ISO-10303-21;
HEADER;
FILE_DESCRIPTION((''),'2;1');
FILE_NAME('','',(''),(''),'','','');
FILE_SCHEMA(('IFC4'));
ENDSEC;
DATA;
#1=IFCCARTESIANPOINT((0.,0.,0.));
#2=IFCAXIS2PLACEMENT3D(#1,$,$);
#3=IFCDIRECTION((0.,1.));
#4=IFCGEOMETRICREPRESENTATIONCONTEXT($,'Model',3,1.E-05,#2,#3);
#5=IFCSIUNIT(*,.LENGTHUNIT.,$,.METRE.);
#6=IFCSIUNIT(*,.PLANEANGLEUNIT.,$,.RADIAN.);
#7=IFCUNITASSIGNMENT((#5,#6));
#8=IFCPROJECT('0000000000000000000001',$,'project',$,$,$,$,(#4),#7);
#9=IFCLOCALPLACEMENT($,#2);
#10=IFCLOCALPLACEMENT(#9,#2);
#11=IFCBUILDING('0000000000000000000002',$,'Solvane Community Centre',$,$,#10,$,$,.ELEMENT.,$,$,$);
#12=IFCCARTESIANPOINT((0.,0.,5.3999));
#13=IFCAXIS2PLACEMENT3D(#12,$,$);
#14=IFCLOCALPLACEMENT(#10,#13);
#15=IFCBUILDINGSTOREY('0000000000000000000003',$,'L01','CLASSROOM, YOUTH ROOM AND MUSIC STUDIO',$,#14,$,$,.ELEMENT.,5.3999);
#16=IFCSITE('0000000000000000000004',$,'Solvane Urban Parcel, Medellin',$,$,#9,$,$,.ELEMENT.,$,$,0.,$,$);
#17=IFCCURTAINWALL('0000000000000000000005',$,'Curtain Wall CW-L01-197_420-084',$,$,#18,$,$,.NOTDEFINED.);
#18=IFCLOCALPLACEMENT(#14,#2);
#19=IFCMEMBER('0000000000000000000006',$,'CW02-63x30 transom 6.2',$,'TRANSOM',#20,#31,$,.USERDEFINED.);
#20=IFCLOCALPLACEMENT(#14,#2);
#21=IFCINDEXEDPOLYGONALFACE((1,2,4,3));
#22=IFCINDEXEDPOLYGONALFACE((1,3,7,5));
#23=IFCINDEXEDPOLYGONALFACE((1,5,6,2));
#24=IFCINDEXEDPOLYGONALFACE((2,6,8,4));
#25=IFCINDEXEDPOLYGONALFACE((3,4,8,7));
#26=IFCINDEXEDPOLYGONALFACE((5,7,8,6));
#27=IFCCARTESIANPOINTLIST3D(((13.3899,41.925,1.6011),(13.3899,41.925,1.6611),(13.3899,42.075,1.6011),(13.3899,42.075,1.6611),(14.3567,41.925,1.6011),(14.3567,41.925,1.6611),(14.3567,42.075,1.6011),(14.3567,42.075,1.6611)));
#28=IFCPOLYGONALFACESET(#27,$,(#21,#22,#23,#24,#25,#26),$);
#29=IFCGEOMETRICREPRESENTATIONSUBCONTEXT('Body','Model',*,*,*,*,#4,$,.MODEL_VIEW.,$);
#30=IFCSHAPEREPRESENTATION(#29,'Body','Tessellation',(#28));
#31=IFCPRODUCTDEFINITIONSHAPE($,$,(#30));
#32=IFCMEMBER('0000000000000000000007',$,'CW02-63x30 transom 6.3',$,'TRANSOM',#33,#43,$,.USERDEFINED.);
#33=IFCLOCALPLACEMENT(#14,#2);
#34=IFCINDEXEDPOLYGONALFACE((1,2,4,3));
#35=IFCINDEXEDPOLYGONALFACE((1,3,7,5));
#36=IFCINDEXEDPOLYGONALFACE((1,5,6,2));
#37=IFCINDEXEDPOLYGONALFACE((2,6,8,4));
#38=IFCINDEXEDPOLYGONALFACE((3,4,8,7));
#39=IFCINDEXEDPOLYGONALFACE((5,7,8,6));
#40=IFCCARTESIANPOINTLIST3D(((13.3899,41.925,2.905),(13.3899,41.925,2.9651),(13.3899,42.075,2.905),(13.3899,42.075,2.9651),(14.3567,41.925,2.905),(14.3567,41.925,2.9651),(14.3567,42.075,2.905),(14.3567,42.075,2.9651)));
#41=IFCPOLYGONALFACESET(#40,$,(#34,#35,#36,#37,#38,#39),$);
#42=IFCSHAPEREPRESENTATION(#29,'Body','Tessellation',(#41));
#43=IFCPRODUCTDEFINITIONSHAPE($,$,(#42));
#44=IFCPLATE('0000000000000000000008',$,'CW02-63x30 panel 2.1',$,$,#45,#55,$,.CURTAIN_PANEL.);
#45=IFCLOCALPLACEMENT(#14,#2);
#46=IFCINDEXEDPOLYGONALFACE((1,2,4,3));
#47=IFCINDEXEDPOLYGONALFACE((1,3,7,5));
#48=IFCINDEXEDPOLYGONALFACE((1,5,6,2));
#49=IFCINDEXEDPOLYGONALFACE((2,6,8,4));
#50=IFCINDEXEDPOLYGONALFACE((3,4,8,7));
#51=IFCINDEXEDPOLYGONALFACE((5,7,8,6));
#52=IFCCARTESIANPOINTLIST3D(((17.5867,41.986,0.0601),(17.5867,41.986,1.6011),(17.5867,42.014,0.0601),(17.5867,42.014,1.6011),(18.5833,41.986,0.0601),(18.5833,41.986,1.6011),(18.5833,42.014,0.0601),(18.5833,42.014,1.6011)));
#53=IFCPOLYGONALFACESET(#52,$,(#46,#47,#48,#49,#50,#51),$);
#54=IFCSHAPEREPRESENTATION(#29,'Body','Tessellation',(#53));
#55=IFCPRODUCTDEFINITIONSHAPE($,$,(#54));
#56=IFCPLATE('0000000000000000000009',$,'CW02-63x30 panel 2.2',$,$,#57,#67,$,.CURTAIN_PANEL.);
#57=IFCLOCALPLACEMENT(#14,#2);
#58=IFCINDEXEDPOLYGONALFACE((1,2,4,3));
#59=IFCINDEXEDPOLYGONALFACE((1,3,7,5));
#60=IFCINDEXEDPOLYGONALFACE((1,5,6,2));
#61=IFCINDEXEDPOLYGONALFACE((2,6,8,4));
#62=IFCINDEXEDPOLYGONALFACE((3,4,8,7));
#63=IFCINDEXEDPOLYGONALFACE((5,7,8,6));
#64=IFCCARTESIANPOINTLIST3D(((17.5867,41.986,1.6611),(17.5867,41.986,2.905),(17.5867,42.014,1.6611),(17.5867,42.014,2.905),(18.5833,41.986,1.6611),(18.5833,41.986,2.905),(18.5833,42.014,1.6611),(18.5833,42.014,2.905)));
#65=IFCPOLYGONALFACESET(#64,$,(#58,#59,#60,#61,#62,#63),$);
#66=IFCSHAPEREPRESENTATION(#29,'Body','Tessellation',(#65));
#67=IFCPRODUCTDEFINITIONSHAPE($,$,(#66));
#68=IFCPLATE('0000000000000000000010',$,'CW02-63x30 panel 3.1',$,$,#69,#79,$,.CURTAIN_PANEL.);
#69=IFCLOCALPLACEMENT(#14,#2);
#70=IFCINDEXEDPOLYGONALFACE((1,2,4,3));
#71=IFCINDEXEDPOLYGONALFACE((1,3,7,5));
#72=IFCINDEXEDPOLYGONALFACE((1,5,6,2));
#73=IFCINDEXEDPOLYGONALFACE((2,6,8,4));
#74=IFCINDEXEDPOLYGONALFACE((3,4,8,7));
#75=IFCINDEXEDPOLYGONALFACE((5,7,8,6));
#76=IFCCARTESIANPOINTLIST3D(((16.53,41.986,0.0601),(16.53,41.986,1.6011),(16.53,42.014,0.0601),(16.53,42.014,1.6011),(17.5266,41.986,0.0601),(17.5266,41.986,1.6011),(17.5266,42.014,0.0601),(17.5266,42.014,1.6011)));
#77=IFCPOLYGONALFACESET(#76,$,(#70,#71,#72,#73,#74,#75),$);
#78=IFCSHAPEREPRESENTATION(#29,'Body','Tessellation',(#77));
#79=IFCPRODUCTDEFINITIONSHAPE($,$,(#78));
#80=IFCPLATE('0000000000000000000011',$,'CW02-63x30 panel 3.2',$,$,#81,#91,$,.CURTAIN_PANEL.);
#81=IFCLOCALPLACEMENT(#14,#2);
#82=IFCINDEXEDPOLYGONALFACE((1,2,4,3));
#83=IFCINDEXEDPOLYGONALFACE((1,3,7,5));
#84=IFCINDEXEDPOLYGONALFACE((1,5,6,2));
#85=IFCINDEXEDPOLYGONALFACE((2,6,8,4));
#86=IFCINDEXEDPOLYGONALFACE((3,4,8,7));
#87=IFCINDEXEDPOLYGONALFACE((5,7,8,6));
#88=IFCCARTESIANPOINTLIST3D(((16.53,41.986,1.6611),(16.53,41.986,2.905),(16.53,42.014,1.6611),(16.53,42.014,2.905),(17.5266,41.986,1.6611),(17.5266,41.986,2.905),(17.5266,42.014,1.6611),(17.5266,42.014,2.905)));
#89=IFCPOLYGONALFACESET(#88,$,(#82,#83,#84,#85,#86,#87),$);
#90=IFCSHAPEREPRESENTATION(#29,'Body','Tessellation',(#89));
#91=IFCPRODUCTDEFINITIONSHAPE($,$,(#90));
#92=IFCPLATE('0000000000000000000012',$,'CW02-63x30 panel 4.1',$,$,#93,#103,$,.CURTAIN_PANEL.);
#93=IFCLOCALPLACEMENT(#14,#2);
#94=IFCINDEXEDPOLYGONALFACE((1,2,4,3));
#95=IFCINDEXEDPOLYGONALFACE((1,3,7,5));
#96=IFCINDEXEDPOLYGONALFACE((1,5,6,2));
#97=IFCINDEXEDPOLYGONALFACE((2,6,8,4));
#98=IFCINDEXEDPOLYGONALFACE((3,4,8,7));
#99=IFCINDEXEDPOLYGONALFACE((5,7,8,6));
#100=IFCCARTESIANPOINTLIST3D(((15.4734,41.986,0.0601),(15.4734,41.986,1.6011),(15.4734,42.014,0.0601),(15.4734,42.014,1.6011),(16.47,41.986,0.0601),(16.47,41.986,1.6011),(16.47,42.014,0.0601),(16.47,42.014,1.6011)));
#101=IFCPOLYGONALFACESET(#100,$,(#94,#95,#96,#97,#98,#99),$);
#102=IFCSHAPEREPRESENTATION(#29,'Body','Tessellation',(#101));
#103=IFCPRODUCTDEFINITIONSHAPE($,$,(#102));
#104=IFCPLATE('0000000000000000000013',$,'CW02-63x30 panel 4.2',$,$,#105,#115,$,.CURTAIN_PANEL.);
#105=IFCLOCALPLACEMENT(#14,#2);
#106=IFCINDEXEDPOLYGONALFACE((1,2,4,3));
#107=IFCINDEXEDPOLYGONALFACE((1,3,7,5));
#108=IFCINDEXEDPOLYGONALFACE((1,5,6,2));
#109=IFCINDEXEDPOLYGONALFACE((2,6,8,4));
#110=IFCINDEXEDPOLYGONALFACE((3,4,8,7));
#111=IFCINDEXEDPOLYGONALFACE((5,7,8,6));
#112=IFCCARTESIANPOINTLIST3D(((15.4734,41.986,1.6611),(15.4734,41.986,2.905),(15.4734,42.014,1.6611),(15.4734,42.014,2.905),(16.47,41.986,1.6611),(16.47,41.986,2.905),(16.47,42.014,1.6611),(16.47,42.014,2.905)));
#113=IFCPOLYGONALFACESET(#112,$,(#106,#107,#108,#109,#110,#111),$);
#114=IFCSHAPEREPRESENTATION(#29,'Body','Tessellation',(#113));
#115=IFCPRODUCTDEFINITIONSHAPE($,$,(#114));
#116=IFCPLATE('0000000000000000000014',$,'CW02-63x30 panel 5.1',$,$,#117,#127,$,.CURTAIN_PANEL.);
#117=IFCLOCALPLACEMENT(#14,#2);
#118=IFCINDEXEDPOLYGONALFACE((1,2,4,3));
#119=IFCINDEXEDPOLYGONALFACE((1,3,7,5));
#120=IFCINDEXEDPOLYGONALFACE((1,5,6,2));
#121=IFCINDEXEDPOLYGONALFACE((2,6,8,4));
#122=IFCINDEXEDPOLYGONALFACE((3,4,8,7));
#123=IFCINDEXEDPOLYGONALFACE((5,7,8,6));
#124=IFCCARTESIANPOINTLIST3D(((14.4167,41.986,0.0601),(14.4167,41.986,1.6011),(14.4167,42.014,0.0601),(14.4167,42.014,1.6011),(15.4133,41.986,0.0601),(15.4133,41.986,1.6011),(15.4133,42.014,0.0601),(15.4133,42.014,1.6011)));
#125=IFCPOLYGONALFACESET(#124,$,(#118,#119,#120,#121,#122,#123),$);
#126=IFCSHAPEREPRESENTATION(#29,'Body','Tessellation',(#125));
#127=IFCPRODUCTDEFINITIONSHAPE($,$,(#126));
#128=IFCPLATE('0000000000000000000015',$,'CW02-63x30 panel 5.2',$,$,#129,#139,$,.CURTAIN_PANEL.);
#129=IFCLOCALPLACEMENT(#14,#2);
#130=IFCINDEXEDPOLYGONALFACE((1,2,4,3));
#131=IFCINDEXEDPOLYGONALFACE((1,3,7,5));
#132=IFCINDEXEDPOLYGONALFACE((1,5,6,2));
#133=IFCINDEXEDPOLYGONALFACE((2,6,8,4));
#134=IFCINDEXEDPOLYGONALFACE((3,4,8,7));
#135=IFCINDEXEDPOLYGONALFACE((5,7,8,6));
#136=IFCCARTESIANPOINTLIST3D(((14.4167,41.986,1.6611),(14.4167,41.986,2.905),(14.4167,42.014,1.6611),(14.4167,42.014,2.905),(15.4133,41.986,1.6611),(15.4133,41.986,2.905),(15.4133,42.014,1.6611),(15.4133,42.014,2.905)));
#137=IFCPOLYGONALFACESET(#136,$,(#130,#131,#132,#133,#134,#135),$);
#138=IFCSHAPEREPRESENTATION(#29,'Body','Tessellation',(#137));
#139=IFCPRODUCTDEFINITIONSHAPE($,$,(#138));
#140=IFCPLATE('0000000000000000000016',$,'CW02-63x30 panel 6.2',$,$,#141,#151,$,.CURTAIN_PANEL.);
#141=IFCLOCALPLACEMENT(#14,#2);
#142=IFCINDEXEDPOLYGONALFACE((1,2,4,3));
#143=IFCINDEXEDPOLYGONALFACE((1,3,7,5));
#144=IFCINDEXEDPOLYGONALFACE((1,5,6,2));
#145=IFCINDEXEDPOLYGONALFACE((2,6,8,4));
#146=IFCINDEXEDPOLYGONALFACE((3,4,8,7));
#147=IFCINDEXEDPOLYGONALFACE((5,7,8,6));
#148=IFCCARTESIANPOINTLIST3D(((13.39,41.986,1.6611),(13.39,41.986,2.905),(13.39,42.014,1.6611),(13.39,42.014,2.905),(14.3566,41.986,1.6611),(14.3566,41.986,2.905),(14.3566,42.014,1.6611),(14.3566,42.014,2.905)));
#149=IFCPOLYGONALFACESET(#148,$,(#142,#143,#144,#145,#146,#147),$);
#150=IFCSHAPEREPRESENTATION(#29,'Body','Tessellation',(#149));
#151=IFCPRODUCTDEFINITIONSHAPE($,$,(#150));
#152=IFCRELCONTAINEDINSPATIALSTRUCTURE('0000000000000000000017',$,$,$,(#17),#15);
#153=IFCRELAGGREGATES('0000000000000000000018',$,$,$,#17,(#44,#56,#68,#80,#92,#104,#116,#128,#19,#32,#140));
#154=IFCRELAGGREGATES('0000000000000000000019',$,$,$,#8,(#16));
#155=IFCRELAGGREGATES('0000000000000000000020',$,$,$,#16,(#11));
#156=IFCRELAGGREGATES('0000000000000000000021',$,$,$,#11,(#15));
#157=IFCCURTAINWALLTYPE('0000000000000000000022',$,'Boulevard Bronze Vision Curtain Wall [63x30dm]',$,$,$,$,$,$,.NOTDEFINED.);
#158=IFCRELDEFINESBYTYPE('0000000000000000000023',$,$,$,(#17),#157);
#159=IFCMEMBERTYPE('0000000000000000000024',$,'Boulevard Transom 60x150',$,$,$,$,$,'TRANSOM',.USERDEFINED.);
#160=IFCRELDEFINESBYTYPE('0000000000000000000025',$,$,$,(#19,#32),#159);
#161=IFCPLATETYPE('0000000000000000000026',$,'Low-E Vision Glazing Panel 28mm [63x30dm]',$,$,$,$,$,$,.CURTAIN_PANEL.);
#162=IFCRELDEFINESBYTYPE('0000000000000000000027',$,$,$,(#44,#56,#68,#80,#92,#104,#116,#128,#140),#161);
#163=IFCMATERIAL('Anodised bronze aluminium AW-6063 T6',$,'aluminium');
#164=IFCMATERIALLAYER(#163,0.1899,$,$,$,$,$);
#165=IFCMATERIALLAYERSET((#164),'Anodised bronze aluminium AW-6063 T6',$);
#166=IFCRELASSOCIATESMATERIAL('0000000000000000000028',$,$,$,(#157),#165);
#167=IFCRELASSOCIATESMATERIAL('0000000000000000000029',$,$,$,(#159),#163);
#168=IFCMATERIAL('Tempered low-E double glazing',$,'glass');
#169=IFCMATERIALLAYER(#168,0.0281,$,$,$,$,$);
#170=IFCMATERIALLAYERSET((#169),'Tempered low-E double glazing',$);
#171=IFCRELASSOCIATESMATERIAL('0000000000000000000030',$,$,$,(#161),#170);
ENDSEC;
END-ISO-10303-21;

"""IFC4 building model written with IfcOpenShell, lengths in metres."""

from ifc_helpers import new_model, si_unit, direction, frame, origin, origin_2d, place, context, subcontext, project, spatial, rectangle, extrude, material, layer, layer_set, material_profile, profile_set, type_object, element, aggregate, save


model = new_model("IFC4")

# Units and contexts
model_context = context("Model", 3, precision=1e-05, world=origin(), true_north=direction((0.0, 1.0)))
body_context = subcontext(model_context, "Body", "Model", "MODEL_VIEW")
ifc_project = project(units=[si_unit("LENGTHUNIT", "METRE"), si_unit("PLANEANGLEUNIT", "RADIAN")], contexts=[model_context])

# Site, building, storey
site_placement = place(None, origin())
site = spatial("IfcSite", under=ifc_project, at=site_placement, Name="Solvane Urban Parcel, Medellin", CompositionType="ELEMENT", RefElevation=0.0)
building_placement = place(site_placement, origin())
building = spatial("IfcBuilding", under=site, at=building_placement, Name="Solvane Community Centre", CompositionType="ELEMENT")
storey_placement = place(building_placement, frame((0.0, 0.0, 5.3999)))
storey = spatial("IfcBuildingStorey", under=building, at=storey_placement, Name="L01", Description="CLASSROOM, YOUTH ROOM AND MUSIC STUDIO", CompositionType="ELEMENT", Elevation=5.3999)

# Curtain wall, members, plates
ifc_material_1 = material(Name="Anodised bronze aluminium AW-6063 T6", Category="aluminium")
ifc_layer_1 = layer(ifc_material_1, 0.1899)
ifc_layer_set_1 = layer_set([ifc_layer_1], Name="Anodised bronze aluminium AW-6063 T6")
curtain_wall_type = type_object("IfcCurtainWallType", Name="Boulevard Bronze Vision Curtain Wall [63x30dm]", PredefinedType="NOTDEFINED", material=ifc_layer_set_1)
curtain_wall_placement = place(storey_placement, origin())
curtain_wall = element("IfcCurtainWall", 1, at=curtain_wall_placement, inside=storey, type_object=curtain_wall_type, Name="Curtain Wall CW-L01-197_420-084", PredefinedType="NOTDEFINED")
ifc_material_profile_1 = material_profile(ifc_material_1, rectangle(XDim=0.1499, YDim=0.0601, at=origin_2d()), Name="CW-T 60x150")
ifc_profile_set_1 = profile_set([ifc_material_profile_1], Name="Anodised bronze aluminium AW-6063 T6")
member_type_1 = type_object("IfcMemberType", Name="Boulevard Transom 60x150", ElementType="TRANSOM", PredefinedType="USERDEFINED", material=ifc_profile_set_1)
member_1_placement = place(storey_placement, frame((14.3567, 42.0, 1.6311), z_axis=(-1.0, 0.0, 0.0), x_axis=(0.0, -1.0, 0.0)))
member_1 = element("IfcMember", 2, at=member_1_placement, type_object=member_type_1, Name="CW02-63x30 transom 6.2", ObjectType="TRANSOM", PredefinedType="USERDEFINED", context=body_context, shape_type="SweptSolid", body=[
    extrude(rectangle(XDim=0.1499, YDim=0.0601, at=origin_2d()), origin(), (0.0, 0.0, 1.0), 0.9668),
])
member_2_placement = place(storey_placement, frame((14.3567, 42.0, 2.9351), z_axis=(-1.0, 0.0, 0.0), x_axis=(0.0, -1.0, 0.0)))
member_2 = element("IfcMember", 3, at=member_2_placement, type_object=member_type_1, Name="CW02-63x30 transom 6.3", ObjectType="TRANSOM", PredefinedType="USERDEFINED", context=body_context, shape_type="SweptSolid", body=[
    extrude(rectangle(XDim=0.1499, YDim=0.0601, at=origin_2d()), origin(), (0.0, 0.0, 1.0), 0.9668),
])
ifc_material_2 = material(Name="Tempered low-E double glazing", Category="glass")
ifc_layer_2 = layer(ifc_material_2, 0.0281)
ifc_layer_set_2 = layer_set([ifc_layer_2], Name="Tempered low-E double glazing")
plate_type = type_object("IfcPlateType", Name="Low-E Vision Glazing Panel 28mm [63x30dm]", PredefinedType="CURTAIN_PANEL", material=ifc_layer_set_2)
plate_1_placement = place(storey_placement, frame((18.085, 42.0, 0.0601), z_axis=(0.0, 0.0, 1.0), x_axis=(-1.0, 0.0, 0.0)))
plate_1 = element("IfcPlate", 4, at=plate_1_placement, type_object=plate_type, Name="CW02-63x30 panel 2.1", PredefinedType="CURTAIN_PANEL", context=body_context, shape_type="SweptSolid", body=[
    extrude(rectangle(XDim=0.9966, YDim=0.0281, at=origin_2d()), origin(), (0.0, 0.0, 1.0), 1.541),
])
plate_2_placement = place(storey_placement, frame((18.085, 42.0, 1.6611), z_axis=(0.0, 0.0, 1.0), x_axis=(-1.0, 0.0, 0.0)))
plate_2 = element("IfcPlate", 5, at=plate_2_placement, type_object=plate_type, Name="CW02-63x30 panel 2.2", PredefinedType="CURTAIN_PANEL", context=body_context, shape_type="SweptSolid", body=[
    extrude(rectangle(XDim=0.9966, YDim=0.0281, at=origin_2d()), origin(), (0.0, 0.0, 1.0), 1.2439),
])
plate_3_placement = place(storey_placement, frame((17.0283, 42.0, 0.0601), z_axis=(0.0, 0.0, 1.0), x_axis=(-1.0, 0.0, 0.0)))
plate_3 = element("IfcPlate", 6, at=plate_3_placement, type_object=plate_type, Name="CW02-63x30 panel 3.1", PredefinedType="CURTAIN_PANEL", context=body_context, shape_type="SweptSolid", body=[
    extrude(rectangle(XDim=0.9966, YDim=0.0281, at=origin_2d()), origin(), (0.0, 0.0, 1.0), 1.541),
])
plate_4_placement = place(storey_placement, frame((17.0283, 42.0, 1.6611), z_axis=(0.0, 0.0, 1.0), x_axis=(-1.0, 0.0, 0.0)))
plate_4 = element("IfcPlate", 7, at=plate_4_placement, type_object=plate_type, Name="CW02-63x30 panel 3.2", PredefinedType="CURTAIN_PANEL", context=body_context, shape_type="SweptSolid", body=[
    extrude(rectangle(XDim=0.9966, YDim=0.0281, at=origin_2d()), origin(), (0.0, 0.0, 1.0), 1.2439),
])
plate_5_placement = place(storey_placement, frame((15.9717, 42.0, 0.0601), z_axis=(0.0, 0.0, 1.0), x_axis=(-1.0, 0.0, 0.0)))
plate_5 = element("IfcPlate", 8, at=plate_5_placement, type_object=plate_type, Name="CW02-63x30 panel 4.1", PredefinedType="CURTAIN_PANEL", context=body_context, shape_type="SweptSolid", body=[
    extrude(rectangle(XDim=0.9966, YDim=0.0281, at=origin_2d()), origin(), (0.0, 0.0, 1.0), 1.541),
])
plate_6_placement = place(storey_placement, frame((15.9717, 42.0, 1.6611), z_axis=(0.0, 0.0, 1.0), x_axis=(-1.0, 0.0, 0.0)))
plate_6 = element("IfcPlate", 9, at=plate_6_placement, type_object=plate_type, Name="CW02-63x30 panel 4.2", PredefinedType="CURTAIN_PANEL", context=body_context, shape_type="SweptSolid", body=[
    extrude(rectangle(XDim=0.9966, YDim=0.0281, at=origin_2d()), origin(), (0.0, 0.0, 1.0), 1.2439),
])
plate_7_placement = place(storey_placement, frame((14.915, 42.0, 0.0601), z_axis=(0.0, 0.0, 1.0), x_axis=(-1.0, 0.0, 0.0)))
plate_7 = element("IfcPlate", 10, at=plate_7_placement, type_object=plate_type, Name="CW02-63x30 panel 5.1", PredefinedType="CURTAIN_PANEL", context=body_context, shape_type="SweptSolid", body=[
    extrude(rectangle(XDim=0.9966, YDim=0.0281, at=origin_2d()), origin(), (0.0, 0.0, 1.0), 1.541),
])
plate_8_placement = place(storey_placement, frame((14.915, 42.0, 1.6611), z_axis=(0.0, 0.0, 1.0), x_axis=(-1.0, 0.0, 0.0)))
plate_8 = element("IfcPlate", 11, at=plate_8_placement, type_object=plate_type, Name="CW02-63x30 panel 5.2", PredefinedType="CURTAIN_PANEL", context=body_context, shape_type="SweptSolid", body=[
    extrude(rectangle(XDim=0.9966, YDim=0.0281, at=origin_2d()), origin(), (0.0, 0.0, 1.0), 1.2439),
])
plate_9_placement = place(storey_placement, frame((13.8733, 42.0, 1.6611), z_axis=(0.0, 0.0, 1.0), x_axis=(-1.0, 0.0, 0.0)))
plate_9 = element("IfcPlate", 12, at=plate_9_placement, type_object=plate_type, Name="CW02-63x30 panel 6.2", PredefinedType="CURTAIN_PANEL", context=body_context, shape_type="SweptSolid", body=[
    extrude(rectangle(XDim=0.9666, YDim=0.0281, at=origin_2d()), origin(), (0.0, 0.0, 1.0), 1.2439),
])
aggregate(curtain_wall, [plate_1, plate_2, plate_3, plate_4, plate_5, plate_6, plate_7, plate_8, member_1, member_2, plate_9])

save(model, "model.ifc")
